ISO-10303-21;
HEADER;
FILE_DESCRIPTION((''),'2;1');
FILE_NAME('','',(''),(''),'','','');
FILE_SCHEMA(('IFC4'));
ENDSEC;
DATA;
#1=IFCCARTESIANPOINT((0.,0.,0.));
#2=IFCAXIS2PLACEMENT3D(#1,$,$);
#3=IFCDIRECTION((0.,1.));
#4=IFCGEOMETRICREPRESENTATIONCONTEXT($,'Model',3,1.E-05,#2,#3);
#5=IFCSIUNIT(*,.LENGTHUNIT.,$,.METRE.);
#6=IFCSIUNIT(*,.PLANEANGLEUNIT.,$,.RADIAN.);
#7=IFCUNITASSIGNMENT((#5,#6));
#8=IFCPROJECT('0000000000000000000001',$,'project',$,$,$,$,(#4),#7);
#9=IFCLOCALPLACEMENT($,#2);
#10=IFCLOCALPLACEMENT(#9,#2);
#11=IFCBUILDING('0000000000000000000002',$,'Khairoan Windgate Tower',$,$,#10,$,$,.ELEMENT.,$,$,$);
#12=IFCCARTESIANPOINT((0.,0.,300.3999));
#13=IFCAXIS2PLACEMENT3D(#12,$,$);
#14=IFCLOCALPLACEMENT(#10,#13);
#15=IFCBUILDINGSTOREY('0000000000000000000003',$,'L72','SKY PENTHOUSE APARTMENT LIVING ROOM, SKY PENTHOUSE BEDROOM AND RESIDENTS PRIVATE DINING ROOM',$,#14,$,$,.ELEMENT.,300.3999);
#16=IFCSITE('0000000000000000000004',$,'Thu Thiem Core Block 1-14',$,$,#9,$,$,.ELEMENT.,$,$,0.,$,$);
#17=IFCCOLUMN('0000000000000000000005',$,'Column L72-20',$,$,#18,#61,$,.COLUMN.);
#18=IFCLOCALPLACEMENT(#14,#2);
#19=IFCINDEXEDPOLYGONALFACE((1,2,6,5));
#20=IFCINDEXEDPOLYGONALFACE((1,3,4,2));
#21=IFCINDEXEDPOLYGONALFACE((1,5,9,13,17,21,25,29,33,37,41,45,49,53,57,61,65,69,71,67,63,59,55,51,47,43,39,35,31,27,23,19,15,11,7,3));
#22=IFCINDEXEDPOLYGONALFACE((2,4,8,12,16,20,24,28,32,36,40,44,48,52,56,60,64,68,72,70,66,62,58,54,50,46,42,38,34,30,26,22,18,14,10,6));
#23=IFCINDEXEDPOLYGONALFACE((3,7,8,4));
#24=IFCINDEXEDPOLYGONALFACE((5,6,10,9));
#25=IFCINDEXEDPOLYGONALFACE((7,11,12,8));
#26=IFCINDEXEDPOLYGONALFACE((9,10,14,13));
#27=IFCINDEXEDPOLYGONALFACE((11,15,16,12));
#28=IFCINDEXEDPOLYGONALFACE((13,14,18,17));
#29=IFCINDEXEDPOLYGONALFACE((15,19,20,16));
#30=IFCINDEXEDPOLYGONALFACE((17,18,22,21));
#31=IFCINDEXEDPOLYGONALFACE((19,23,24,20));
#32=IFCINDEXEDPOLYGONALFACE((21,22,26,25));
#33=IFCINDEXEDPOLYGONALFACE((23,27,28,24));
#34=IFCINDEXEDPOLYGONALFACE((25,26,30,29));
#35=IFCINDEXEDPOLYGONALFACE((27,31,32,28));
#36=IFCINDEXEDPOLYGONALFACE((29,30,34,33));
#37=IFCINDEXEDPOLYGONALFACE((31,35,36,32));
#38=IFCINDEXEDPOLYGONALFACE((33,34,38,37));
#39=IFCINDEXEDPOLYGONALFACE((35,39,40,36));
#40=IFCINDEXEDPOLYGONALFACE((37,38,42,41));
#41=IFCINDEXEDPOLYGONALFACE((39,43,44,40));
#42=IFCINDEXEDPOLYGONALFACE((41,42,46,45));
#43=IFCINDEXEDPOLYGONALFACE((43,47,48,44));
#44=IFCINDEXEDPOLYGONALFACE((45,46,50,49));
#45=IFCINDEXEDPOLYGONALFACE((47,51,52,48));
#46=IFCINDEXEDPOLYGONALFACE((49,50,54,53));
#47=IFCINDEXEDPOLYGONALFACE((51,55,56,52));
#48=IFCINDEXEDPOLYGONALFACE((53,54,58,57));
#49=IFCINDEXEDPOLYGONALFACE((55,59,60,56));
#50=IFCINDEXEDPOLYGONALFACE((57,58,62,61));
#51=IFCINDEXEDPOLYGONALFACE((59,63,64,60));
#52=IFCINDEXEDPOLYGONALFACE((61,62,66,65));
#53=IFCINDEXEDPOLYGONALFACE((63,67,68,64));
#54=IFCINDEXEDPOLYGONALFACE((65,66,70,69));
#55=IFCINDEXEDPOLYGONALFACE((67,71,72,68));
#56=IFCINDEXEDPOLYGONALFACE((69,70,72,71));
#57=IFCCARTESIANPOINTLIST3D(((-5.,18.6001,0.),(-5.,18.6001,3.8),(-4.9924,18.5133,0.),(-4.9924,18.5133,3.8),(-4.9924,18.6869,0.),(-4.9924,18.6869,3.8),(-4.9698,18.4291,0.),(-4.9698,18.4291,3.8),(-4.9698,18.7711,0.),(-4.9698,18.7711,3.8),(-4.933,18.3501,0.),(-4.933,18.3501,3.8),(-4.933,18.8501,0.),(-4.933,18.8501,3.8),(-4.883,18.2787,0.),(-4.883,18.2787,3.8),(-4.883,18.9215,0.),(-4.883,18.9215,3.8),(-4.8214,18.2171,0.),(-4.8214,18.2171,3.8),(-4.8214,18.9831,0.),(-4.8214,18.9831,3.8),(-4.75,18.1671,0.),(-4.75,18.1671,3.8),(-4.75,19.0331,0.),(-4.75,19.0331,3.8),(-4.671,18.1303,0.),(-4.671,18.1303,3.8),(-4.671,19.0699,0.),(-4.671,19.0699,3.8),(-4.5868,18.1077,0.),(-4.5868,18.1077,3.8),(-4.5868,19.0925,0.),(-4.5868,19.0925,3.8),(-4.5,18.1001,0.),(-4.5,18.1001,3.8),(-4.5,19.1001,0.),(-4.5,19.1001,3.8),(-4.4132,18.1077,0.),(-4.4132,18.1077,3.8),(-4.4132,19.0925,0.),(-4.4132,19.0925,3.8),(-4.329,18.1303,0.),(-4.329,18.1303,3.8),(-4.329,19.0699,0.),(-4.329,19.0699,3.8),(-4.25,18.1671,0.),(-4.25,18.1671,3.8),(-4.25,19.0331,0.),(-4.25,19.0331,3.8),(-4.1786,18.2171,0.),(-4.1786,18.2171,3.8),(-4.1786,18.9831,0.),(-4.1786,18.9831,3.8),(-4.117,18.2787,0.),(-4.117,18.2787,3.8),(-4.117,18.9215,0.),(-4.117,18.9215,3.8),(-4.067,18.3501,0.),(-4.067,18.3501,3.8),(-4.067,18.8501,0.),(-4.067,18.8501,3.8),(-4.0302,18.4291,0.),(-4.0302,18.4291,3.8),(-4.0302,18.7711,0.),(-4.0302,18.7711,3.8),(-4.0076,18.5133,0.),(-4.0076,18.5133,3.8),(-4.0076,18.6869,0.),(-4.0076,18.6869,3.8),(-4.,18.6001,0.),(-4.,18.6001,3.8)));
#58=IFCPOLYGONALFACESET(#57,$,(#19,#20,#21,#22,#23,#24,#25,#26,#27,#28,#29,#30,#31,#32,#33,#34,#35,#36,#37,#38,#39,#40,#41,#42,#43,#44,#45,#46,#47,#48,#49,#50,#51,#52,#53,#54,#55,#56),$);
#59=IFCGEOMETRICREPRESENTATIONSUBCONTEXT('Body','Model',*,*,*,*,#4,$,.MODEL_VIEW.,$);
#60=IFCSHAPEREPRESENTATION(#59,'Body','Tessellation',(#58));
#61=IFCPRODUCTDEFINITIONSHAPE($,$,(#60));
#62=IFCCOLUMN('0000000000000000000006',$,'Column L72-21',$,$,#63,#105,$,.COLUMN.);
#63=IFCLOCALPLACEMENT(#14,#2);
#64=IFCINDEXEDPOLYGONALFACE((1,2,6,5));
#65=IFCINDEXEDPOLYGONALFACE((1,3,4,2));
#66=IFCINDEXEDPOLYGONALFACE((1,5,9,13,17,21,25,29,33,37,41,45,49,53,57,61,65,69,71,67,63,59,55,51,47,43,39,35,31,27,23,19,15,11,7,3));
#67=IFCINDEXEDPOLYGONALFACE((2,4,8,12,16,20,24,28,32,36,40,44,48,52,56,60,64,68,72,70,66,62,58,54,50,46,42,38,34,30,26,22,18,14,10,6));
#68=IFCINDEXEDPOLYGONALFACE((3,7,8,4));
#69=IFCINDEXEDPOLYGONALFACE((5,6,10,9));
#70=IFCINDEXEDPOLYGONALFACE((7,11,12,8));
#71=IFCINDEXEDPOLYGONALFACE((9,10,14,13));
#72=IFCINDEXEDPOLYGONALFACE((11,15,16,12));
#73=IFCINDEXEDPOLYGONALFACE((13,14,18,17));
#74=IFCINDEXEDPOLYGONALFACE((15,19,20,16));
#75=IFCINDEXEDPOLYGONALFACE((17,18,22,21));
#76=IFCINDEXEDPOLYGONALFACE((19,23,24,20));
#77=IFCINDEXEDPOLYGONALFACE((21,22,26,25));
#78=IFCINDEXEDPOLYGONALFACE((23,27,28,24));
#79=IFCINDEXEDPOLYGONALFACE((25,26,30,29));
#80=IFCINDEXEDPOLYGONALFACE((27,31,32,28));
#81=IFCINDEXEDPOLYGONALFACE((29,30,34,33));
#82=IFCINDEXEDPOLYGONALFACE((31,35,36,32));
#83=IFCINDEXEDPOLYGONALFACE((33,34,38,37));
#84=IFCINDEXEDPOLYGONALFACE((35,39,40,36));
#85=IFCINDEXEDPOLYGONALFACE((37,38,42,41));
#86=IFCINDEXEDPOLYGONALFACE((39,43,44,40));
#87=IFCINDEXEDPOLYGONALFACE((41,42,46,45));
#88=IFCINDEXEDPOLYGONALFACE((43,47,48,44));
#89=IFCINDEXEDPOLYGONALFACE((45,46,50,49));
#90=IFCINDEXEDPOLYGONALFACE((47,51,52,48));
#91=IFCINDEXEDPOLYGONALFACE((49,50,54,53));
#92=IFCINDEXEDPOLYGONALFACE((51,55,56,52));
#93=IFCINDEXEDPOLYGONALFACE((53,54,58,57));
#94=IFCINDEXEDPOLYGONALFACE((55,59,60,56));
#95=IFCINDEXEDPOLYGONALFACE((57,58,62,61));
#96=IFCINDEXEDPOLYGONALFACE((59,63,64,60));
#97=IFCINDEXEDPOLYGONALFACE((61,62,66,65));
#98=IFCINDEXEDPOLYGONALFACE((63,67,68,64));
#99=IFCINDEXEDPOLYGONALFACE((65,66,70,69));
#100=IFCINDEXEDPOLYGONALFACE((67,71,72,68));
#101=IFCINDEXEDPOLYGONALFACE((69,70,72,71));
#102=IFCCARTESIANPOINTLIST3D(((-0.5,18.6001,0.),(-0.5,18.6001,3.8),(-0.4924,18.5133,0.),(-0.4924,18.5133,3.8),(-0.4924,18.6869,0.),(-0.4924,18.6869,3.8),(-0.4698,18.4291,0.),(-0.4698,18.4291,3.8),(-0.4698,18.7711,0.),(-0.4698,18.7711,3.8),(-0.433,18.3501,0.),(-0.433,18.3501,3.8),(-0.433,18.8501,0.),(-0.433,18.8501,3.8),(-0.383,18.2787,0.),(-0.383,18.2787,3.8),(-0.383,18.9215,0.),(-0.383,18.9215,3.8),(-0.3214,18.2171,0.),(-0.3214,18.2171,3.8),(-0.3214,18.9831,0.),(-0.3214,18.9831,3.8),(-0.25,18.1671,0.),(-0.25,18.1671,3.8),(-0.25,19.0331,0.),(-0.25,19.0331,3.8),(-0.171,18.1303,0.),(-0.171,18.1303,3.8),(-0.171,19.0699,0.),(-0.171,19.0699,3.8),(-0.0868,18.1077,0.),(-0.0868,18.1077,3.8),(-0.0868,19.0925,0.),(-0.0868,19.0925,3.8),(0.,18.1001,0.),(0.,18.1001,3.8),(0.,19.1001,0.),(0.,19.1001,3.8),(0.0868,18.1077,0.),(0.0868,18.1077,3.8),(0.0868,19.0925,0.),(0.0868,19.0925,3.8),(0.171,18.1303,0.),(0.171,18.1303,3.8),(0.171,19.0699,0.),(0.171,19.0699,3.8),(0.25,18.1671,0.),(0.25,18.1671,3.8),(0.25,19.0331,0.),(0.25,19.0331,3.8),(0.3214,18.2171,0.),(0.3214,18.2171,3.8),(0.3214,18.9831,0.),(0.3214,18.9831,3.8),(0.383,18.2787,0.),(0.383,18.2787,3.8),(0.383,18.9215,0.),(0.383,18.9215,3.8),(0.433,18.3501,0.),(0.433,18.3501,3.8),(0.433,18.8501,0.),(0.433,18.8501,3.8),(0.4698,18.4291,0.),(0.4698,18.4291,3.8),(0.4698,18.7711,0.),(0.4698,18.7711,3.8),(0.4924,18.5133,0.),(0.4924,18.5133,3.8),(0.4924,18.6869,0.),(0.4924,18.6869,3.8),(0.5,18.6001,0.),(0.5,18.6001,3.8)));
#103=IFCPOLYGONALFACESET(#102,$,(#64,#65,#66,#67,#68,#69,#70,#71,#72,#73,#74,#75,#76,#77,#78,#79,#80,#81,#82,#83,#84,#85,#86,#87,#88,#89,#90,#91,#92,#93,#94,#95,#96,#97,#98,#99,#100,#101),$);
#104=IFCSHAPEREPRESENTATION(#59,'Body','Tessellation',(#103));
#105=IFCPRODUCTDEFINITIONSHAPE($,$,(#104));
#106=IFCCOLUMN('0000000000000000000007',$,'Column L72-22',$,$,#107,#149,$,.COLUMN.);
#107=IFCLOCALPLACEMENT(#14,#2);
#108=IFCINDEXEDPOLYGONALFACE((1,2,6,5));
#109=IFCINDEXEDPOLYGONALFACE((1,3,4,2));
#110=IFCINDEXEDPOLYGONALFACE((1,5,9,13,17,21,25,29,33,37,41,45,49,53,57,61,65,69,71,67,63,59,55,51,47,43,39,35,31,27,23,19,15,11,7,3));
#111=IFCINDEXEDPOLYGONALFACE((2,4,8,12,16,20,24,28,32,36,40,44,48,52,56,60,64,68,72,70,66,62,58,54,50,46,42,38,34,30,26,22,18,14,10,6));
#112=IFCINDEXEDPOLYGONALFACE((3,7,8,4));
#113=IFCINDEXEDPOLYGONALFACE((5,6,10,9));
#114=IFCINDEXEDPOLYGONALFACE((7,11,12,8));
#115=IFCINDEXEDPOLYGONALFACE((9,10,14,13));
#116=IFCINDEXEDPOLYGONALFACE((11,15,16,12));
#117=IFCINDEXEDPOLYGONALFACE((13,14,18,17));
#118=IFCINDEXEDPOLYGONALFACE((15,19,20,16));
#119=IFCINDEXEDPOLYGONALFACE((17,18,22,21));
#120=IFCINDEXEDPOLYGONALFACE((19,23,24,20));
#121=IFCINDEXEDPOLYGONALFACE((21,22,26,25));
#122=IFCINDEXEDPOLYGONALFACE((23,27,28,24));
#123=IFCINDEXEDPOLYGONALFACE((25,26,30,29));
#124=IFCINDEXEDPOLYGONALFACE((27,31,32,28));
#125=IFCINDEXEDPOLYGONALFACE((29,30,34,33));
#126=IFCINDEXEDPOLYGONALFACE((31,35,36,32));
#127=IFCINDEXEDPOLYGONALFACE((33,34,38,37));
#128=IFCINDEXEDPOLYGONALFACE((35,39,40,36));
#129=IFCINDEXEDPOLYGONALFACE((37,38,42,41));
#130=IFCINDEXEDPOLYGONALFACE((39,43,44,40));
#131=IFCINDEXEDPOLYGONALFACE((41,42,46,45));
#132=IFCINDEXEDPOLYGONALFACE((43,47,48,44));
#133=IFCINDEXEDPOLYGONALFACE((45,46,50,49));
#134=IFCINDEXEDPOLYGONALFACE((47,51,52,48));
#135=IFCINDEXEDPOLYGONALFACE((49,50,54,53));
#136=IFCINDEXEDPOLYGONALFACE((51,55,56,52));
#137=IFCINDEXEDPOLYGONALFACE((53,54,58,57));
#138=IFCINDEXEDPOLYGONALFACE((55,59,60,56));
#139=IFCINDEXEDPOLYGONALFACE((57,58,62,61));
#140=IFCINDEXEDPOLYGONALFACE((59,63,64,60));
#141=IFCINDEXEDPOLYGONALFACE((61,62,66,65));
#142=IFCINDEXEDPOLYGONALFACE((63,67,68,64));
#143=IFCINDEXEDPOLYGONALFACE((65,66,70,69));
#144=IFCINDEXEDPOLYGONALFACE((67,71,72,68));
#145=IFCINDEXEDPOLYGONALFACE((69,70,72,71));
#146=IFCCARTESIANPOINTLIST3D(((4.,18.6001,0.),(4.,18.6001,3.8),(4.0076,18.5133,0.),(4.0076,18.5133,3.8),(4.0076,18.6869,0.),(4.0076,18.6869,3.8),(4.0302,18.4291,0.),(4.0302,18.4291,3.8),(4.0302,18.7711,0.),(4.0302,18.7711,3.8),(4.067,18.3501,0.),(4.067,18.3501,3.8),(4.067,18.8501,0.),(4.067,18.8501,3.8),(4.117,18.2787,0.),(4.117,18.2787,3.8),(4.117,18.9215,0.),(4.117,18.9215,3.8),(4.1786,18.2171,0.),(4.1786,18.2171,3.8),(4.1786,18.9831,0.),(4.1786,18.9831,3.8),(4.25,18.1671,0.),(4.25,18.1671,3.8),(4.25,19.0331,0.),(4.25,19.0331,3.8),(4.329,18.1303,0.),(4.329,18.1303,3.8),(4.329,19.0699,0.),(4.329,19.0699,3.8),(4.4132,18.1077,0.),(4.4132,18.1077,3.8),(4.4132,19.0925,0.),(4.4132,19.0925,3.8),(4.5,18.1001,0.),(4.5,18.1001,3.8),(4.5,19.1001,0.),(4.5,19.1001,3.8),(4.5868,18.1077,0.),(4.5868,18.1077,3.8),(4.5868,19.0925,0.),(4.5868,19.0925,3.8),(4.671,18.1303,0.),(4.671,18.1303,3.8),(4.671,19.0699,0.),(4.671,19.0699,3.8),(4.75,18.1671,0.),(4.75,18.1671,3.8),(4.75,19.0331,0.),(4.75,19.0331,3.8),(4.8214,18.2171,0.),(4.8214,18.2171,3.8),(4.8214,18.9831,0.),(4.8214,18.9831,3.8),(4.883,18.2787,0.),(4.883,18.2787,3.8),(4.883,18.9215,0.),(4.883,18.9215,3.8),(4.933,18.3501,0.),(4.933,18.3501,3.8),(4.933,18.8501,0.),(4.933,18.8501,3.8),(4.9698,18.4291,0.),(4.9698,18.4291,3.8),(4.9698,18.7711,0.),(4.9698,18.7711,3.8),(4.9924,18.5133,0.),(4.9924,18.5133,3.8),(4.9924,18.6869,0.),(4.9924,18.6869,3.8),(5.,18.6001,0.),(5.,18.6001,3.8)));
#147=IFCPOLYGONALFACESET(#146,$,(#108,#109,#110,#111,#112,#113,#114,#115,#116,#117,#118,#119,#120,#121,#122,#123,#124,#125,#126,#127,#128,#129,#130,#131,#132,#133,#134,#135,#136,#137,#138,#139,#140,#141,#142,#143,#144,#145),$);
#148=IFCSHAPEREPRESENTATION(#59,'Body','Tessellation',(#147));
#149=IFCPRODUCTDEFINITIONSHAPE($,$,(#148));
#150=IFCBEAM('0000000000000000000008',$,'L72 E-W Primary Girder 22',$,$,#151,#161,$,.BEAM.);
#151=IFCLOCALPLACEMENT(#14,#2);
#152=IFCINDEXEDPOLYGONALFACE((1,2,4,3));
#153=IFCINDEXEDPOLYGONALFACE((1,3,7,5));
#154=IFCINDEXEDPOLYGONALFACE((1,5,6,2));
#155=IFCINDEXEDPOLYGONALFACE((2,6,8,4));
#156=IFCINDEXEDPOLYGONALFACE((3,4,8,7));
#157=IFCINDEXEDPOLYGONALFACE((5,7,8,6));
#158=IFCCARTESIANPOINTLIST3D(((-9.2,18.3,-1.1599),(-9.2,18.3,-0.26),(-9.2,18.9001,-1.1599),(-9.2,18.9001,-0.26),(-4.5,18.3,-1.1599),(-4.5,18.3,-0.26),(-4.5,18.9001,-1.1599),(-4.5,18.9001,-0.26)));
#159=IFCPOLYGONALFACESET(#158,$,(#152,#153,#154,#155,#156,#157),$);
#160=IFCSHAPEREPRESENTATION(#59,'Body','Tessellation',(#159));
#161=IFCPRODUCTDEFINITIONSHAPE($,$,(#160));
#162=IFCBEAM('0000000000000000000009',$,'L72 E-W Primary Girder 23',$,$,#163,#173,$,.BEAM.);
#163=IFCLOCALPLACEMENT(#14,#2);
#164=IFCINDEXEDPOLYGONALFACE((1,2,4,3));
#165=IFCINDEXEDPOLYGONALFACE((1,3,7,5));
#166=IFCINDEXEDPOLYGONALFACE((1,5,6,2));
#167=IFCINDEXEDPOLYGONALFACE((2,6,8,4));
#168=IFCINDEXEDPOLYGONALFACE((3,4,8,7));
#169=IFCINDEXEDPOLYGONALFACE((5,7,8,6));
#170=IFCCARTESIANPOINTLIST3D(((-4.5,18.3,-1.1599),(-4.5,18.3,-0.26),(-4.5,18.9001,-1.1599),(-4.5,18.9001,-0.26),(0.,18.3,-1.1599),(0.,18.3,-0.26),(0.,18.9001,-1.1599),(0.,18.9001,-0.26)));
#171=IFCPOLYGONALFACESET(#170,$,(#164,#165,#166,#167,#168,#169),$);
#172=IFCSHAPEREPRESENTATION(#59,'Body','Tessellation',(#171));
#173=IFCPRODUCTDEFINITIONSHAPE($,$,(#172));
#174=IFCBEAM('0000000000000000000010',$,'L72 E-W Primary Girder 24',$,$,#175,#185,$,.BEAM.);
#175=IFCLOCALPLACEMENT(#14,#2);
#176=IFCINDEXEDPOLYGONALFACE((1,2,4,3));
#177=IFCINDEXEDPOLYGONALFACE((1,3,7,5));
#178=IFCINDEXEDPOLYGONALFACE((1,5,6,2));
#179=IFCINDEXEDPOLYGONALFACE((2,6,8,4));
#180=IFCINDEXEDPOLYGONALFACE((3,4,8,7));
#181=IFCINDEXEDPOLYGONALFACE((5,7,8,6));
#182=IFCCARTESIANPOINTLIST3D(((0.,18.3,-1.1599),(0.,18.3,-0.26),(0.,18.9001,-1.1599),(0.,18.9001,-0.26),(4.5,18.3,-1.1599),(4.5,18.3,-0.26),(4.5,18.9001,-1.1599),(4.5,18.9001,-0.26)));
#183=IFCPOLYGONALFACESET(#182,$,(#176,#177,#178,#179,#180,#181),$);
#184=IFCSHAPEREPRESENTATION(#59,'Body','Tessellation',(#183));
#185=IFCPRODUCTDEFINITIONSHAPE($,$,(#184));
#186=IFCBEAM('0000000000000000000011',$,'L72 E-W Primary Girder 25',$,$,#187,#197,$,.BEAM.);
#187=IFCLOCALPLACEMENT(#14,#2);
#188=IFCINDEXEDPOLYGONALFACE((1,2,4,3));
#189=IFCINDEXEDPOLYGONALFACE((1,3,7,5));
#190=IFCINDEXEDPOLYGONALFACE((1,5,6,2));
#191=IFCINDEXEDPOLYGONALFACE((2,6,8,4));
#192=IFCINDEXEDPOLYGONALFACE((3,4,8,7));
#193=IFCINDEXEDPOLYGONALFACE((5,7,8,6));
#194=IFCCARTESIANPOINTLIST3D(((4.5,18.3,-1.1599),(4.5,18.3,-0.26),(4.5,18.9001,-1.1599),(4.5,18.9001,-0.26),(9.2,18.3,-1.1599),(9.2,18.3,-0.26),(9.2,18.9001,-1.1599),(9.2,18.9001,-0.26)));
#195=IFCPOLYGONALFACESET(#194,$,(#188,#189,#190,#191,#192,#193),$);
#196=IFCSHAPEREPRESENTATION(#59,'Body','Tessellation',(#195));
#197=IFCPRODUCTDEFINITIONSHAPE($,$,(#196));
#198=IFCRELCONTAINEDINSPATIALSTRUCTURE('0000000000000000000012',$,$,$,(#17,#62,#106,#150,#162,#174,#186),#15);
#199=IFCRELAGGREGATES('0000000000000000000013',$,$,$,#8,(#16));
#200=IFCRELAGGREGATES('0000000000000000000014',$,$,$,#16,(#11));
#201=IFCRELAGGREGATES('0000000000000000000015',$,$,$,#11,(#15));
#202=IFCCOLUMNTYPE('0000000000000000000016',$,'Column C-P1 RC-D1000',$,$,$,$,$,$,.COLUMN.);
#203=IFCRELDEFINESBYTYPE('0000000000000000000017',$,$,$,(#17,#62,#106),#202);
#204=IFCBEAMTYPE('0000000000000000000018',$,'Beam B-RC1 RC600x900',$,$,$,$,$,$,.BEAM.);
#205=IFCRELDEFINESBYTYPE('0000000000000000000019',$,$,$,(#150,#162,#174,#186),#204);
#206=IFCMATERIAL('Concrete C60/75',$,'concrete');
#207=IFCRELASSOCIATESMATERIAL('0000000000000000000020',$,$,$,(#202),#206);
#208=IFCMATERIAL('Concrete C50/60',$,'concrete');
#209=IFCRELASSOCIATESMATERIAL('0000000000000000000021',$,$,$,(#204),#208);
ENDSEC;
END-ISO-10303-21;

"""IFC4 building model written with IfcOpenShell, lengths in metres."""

from ifc_helpers import new_model, si_unit, direction, frame, origin, origin_2d, place, context, subcontext, project, spatial, rectangle, circle, extrude, material, material_profile, profile_set, type_object, element, save


model = new_model("IFC4")

# Units and contexts
model_context = context("Model", 3, precision=1e-05, world=origin(), true_north=direction((0.0, 1.0)))
body_context = subcontext(model_context, "Body", "Model", "MODEL_VIEW")
ifc_project = project(units=[si_unit("LENGTHUNIT", "METRE"), si_unit("PLANEANGLEUNIT", "RADIAN")], contexts=[model_context])

# Site, building, storey
site_placement = place(None, origin())
site = spatial("IfcSite", under=ifc_project, at=site_placement, Name="Thu Thiem Core Block 1-14", CompositionType="ELEMENT", RefElevation=0.0)
building_placement = place(site_placement, origin())
building = spatial("IfcBuilding", under=site, at=building_placement, Name="Khairoan Windgate Tower", CompositionType="ELEMENT")
storey_placement = place(building_placement, frame((0.0, 0.0, 300.3999)))
storey = spatial("IfcBuildingStorey", under=building, at=storey_placement, Name="L72", Description="SKY PENTHOUSE APARTMENT LIVING ROOM, SKY PENTHOUSE BEDROOM AND RESIDENTS PRIVATE DINING ROOM", CompositionType="ELEMENT", Elevation=300.3999)

# Columns
ifc_material_1 = material(Name="Concrete C60/75", Category="concrete")
ifc_material_profile_1 = material_profile(ifc_material_1, circle(Radius=0.5, at=origin_2d()))
ifc_profile_set_1 = profile_set([ifc_material_profile_1], Name="Concrete C60/75")
column_type = type_object("IfcColumnType", Name="Column C-P1 RC-D1000", PredefinedType="COLUMN", material=ifc_profile_set_1)
for number, where, z_axis, x_axis, name in (
    (1, (-4.5, 18.6001, 0.0), (0.0, 0.0, 1.0), (1.0, 0.0, 0.0), "Column L72-20"),
    (2, (0.0, 18.6001, 0.0), (0.0, 0.0, 1.0), (1.0, 0.0, 0.0), "Column L72-21"),
    (3, (4.5, 18.6001, 0.0), (0.0, 0.0, 1.0), (1.0, 0.0, 0.0), "Column L72-22"),
):
    element("IfcColumn", number, at=place(storey_placement, frame(where, z_axis=z_axis, x_axis=x_axis)), inside=storey, type_object=column_type, Name=name, PredefinedType="COLUMN", context=body_context, shape_type="SweptSolid", body=[
        extrude(circle(Radius=0.5, at=origin_2d()), origin(), (0.0, 0.0, 1.0), 3.8),
    ])

# Beams
ifc_material_2 = material(Name="Concrete C50/60", Category="concrete")
ifc_material_profile_2 = material_profile(ifc_material_2, rectangle(XDim=0.6001, YDim=0.8999, at=origin_2d()))
ifc_profile_set_2 = profile_set([ifc_material_profile_2], Name="Concrete C50/60")
beam_type = type_object("IfcBeamType", Name="Beam B-RC1 RC600x900", PredefinedType="BEAM", material=ifc_profile_set_2)
beam_1_placement = place(storey_placement, frame((-9.2, 18.6001, -0.71), z_axis=(1.0, 0.0, 0.0), x_axis=(0.0, 1.0, 0.0)))
element("IfcBeam", 4, at=beam_1_placement, inside=storey, type_object=beam_type, Name="L72 E-W Primary Girder 22", PredefinedType="BEAM", context=body_context, shape_type="SweptSolid", body=[
    extrude(rectangle(XDim=0.6001, YDim=0.8999, at=origin_2d()), origin(), (0.0, 0.0, 1.0), 4.7),
])
for number, where, z_axis, x_axis, name in (
    (5, (-4.5, 18.6001, -0.71), (1.0, 0.0, 0.0), (0.0, 1.0, 0.0), "L72 E-W Primary Girder 23"),
    (6, (0.0, 18.6001, -0.71), (1.0, 0.0, 0.0), (0.0, 1.0, 0.0), "L72 E-W Primary Girder 24"),
):
    element("IfcBeam", number, at=place(storey_placement, frame(where, z_axis=z_axis, x_axis=x_axis)), inside=storey, type_object=beam_type, Name=name, PredefinedType="BEAM", context=body_context, shape_type="SweptSolid", body=[
        extrude(rectangle(XDim=0.6001, YDim=0.8999, at=origin_2d()), origin(), (0.0, 0.0, 1.0), 4.5),
    ])
beam_2_placement = place(storey_placement, frame((4.5, 18.6001, -0.71), z_axis=(1.0, 0.0, 0.0), x_axis=(0.0, 1.0, 0.0)))
element("IfcBeam", 7, at=beam_2_placement, inside=storey, type_object=beam_type, Name="L72 E-W Primary Girder 25", PredefinedType="BEAM", context=body_context, shape_type="SweptSolid", body=[
    extrude(rectangle(XDim=0.6001, YDim=0.8999, at=origin_2d()), origin(), (0.0, 0.0, 1.0), 4.7),
])

save(model, "model.ifc")
